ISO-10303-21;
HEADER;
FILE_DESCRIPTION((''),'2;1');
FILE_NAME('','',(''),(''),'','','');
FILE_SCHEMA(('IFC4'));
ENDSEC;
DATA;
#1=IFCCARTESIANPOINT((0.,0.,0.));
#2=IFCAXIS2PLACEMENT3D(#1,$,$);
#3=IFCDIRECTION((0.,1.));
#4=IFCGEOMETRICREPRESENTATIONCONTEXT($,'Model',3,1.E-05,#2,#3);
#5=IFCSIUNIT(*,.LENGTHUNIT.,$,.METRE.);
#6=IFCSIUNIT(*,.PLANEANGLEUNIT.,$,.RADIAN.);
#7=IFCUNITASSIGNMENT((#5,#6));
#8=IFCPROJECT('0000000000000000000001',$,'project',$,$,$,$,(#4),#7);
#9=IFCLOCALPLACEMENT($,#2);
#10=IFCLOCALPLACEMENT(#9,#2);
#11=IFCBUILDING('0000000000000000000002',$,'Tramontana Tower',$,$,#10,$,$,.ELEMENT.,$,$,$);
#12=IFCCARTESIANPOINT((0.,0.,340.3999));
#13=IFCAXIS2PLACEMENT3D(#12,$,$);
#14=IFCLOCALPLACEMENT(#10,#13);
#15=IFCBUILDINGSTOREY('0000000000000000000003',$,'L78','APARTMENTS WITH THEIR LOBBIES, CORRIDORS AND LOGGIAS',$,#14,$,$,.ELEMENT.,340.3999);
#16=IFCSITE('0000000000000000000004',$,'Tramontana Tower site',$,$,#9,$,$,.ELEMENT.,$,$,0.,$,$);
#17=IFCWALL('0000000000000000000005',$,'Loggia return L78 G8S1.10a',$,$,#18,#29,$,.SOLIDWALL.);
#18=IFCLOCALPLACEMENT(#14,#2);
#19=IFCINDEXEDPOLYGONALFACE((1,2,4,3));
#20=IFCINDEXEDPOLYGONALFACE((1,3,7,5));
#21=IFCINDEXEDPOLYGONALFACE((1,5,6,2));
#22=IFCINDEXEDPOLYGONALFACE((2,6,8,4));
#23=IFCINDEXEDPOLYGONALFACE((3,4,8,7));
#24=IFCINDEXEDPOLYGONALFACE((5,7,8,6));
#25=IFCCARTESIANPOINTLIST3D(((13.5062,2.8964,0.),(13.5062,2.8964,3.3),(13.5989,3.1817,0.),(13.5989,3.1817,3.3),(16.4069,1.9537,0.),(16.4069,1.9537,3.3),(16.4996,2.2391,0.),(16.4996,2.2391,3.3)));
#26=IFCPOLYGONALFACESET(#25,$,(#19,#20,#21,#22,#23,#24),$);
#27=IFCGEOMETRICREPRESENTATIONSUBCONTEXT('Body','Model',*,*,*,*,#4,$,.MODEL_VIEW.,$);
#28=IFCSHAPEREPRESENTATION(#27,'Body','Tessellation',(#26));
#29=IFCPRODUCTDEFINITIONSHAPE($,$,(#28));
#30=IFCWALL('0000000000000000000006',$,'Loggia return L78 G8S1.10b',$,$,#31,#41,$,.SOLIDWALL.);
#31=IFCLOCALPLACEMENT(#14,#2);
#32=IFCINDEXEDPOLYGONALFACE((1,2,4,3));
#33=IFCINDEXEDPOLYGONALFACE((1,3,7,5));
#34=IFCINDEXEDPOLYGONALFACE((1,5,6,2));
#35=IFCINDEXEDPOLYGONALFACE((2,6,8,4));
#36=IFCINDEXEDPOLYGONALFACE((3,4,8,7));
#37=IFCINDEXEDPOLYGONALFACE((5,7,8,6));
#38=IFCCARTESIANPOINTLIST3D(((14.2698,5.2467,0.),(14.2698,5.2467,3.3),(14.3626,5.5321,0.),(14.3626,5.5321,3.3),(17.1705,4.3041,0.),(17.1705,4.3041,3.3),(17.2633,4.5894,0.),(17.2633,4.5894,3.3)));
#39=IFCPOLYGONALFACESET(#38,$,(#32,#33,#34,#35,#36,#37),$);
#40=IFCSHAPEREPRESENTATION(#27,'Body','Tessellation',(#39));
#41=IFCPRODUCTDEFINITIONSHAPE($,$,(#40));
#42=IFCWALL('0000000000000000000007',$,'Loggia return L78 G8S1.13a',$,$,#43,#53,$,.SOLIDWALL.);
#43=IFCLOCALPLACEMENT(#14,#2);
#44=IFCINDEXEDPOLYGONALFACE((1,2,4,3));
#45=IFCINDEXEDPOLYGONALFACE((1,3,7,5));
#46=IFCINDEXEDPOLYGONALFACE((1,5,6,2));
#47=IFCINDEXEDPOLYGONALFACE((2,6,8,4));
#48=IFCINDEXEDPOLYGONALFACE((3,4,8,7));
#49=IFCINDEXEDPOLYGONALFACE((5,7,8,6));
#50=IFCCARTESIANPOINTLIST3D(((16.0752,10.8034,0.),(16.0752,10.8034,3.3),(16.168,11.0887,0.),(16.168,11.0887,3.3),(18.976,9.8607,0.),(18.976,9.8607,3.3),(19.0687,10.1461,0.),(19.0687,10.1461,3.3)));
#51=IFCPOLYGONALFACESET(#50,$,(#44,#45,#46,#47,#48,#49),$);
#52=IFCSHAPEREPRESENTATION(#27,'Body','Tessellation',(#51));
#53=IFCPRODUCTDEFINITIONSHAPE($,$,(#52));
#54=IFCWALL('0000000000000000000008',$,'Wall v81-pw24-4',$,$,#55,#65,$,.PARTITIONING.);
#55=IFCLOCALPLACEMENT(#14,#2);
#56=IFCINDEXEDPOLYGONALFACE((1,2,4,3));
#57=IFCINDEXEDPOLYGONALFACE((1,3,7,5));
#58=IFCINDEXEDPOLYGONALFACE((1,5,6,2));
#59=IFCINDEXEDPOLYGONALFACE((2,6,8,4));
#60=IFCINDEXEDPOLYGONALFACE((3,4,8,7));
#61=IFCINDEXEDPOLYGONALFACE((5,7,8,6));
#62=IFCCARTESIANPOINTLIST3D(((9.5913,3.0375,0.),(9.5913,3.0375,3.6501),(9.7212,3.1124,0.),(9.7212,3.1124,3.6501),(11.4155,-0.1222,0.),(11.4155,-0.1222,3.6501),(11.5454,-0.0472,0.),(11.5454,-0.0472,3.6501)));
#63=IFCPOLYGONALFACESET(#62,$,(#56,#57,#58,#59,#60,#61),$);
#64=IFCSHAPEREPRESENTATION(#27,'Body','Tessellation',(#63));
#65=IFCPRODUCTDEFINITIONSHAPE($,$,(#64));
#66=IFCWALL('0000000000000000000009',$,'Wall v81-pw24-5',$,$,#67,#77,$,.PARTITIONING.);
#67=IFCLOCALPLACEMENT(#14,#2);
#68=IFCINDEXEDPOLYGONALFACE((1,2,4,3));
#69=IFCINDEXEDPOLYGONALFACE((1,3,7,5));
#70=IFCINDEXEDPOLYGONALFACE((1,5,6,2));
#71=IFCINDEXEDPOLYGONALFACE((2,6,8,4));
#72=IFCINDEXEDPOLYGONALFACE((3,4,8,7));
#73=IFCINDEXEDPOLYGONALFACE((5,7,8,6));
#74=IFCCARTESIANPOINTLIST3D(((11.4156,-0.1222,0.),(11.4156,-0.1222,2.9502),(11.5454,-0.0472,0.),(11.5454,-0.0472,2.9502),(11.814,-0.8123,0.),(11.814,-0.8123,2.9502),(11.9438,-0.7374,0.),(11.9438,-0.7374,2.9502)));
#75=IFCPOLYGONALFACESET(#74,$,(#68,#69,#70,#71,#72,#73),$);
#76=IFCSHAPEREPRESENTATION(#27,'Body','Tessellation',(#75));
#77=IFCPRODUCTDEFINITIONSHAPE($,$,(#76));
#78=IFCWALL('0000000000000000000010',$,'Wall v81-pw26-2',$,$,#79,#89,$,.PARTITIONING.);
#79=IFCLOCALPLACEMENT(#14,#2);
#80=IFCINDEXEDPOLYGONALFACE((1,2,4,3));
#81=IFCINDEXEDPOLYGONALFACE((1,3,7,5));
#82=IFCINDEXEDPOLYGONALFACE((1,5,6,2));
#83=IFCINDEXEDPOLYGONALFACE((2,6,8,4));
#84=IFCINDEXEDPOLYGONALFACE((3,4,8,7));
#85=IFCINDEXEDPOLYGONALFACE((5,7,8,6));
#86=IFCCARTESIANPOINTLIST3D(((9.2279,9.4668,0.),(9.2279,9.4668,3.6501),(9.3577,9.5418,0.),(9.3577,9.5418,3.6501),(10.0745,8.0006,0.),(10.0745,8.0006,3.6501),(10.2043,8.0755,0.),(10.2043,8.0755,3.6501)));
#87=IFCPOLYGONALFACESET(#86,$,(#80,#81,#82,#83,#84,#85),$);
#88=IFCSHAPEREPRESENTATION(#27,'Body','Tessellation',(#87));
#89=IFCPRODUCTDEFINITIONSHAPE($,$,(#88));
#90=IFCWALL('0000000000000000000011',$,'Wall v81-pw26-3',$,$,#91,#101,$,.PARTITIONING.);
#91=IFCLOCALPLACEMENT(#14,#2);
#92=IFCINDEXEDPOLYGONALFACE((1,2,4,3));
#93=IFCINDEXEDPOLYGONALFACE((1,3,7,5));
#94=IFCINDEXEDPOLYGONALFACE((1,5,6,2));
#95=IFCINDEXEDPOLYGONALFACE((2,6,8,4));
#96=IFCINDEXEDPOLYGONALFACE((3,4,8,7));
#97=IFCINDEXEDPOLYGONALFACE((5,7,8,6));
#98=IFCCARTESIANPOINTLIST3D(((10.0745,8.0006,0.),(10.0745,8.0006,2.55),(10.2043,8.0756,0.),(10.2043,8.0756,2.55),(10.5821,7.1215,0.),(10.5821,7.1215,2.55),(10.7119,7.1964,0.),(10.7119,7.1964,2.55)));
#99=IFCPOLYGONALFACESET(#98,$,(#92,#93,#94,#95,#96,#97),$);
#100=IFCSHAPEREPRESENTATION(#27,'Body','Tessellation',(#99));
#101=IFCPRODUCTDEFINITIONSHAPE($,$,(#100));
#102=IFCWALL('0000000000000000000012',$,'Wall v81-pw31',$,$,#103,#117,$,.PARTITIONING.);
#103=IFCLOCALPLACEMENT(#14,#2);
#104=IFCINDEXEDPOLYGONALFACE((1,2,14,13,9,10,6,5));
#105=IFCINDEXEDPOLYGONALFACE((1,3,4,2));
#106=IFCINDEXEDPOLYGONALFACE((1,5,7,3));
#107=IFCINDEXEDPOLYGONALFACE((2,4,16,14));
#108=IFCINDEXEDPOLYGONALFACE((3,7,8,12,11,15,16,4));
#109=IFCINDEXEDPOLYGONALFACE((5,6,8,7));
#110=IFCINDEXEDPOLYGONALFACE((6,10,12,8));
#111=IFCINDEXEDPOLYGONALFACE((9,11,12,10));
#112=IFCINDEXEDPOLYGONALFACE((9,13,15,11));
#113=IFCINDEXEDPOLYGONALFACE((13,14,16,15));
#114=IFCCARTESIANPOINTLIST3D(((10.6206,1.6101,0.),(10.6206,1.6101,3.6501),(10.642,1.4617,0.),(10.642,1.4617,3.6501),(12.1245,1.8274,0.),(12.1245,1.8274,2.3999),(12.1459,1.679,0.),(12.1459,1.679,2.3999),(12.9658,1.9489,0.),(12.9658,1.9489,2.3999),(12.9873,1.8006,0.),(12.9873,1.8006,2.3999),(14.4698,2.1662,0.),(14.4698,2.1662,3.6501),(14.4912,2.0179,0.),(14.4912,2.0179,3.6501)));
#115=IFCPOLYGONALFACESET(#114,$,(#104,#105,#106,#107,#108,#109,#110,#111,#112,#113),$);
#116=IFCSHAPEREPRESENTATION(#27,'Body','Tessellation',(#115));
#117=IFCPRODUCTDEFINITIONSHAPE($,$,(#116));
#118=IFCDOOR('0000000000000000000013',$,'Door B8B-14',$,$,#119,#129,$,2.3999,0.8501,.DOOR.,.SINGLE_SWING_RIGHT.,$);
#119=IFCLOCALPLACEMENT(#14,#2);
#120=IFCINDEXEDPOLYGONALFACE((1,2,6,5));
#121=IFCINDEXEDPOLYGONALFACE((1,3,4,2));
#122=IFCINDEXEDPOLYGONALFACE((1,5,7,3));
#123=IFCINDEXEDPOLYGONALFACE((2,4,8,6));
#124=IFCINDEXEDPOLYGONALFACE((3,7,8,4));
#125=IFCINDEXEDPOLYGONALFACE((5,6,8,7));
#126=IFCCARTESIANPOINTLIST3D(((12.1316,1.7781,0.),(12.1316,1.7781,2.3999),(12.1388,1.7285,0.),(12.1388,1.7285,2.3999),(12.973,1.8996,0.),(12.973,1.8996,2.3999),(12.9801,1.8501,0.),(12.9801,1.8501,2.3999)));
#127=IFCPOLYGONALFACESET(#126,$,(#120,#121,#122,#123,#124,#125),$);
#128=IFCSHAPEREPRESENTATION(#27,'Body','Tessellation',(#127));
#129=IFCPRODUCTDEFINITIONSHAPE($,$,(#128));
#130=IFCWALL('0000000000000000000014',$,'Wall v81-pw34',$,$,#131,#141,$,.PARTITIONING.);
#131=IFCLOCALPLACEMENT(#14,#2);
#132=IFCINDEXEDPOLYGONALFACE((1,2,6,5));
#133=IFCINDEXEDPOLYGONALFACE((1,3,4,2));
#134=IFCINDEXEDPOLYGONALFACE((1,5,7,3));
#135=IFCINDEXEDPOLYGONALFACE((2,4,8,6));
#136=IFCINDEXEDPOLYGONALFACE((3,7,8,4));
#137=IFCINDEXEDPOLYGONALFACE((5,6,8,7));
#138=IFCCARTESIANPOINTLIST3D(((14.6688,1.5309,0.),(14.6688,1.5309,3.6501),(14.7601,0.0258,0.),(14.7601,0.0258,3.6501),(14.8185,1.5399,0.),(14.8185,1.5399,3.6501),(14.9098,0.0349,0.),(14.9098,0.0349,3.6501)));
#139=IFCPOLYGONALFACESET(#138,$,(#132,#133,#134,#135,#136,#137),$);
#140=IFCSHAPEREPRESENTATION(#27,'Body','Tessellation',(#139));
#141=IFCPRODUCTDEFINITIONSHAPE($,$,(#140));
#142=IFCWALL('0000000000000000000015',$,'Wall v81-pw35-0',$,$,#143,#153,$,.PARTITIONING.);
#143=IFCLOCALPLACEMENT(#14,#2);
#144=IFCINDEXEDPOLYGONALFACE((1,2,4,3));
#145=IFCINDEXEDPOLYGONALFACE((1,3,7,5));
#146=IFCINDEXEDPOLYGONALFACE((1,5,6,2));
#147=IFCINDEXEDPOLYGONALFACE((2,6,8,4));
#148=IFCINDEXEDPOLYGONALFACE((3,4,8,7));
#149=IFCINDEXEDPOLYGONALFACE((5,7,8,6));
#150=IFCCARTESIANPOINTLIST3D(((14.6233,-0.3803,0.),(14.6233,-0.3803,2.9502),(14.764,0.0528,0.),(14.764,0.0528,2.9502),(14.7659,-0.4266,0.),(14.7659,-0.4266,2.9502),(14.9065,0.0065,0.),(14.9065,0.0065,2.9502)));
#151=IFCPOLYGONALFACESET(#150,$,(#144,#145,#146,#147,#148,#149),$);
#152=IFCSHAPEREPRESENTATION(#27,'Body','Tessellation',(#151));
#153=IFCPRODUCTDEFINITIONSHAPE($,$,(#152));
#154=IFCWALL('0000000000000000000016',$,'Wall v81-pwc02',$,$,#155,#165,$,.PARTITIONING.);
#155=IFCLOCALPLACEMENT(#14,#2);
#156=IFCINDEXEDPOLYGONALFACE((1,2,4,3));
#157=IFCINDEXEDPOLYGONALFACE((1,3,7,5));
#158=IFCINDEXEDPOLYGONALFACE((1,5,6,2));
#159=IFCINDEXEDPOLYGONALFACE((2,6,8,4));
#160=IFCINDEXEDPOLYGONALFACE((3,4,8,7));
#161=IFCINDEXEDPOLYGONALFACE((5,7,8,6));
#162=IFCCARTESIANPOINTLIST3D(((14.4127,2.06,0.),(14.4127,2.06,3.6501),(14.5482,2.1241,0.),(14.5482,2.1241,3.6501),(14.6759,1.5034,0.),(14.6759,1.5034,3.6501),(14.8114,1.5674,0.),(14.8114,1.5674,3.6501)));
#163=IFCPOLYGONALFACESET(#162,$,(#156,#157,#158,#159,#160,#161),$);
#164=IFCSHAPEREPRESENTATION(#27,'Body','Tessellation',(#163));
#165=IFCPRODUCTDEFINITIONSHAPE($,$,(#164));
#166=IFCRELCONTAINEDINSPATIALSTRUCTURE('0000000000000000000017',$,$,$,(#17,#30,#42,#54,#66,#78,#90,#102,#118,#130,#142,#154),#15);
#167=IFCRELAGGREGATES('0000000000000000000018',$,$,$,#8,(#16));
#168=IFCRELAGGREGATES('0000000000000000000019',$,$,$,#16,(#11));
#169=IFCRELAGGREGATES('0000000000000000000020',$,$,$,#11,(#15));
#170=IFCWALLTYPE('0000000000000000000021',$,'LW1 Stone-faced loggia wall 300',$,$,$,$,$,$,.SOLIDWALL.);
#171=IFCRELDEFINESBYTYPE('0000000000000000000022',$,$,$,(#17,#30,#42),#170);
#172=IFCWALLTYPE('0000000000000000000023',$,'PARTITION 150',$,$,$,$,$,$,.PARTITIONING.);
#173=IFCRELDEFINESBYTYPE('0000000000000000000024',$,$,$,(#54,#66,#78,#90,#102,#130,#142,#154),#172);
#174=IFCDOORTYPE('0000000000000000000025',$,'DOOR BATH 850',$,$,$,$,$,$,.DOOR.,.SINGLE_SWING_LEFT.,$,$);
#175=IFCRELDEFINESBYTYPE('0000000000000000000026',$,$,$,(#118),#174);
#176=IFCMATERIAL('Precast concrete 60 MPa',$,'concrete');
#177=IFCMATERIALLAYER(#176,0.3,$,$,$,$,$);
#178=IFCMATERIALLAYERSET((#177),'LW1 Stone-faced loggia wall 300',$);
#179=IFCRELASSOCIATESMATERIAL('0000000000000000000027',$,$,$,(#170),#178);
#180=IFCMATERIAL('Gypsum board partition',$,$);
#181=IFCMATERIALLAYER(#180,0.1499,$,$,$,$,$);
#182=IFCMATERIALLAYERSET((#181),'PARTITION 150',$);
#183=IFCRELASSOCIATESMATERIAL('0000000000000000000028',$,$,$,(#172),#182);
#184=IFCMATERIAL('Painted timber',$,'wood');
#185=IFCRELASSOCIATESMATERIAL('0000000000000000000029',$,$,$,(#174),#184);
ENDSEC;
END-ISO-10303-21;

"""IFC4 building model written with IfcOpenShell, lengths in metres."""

from ifc_helpers import new_model, si_unit, direction, frame, frame_2d, origin, place, context, subcontext, project, spatial, rectangle, extrude, material, layer, layer_set, type_object, element, fill, save


model = new_model("IFC4")

# Units and contexts
model_context = context("Model", 3, precision=1e-05, world=origin(), true_north=direction((0.0, 1.0)))
body_context = subcontext(model_context, "Body", "Model", "MODEL_VIEW")
ifc_project = project(units=[si_unit("LENGTHUNIT", "METRE"), si_unit("PLANEANGLEUNIT", "RADIAN")], contexts=[model_context])

# Site, building, storey
site_placement = place(None, origin())
site = spatial("IfcSite", under=ifc_project, at=site_placement, Name="Tramontana Tower site", CompositionType="ELEMENT", RefElevation=0.0)
building_placement = place(site_placement, origin())
building = spatial("IfcBuilding", under=site, at=building_placement, Name="Tramontana Tower", CompositionType="ELEMENT")
storey_placement = place(building_placement, frame((0.0, 0.0, 340.3999)))
storey = spatial("IfcBuildingStorey", under=building, at=storey_placement, Name="L78", Description="APARTMENTS WITH THEIR LOBBIES, CORRIDORS AND LOGGIAS", CompositionType="ELEMENT", Elevation=340.3999)

# Shared definitions
ifc_material_1 = material(Name="Precast concrete 60 MPa", Category="concrete")
ifc_layer_1 = layer(ifc_material_1, 0.3)
ifc_layer_set_1 = layer_set([ifc_layer_1], Name="LW1 Stone-faced loggia wall 300")
wall_type_1 = type_object("IfcWallType", Name="LW1 Stone-faced loggia wall 300", PredefinedType="SOLIDWALL", material=ifc_layer_set_1)

# Walls
for number, where, z_axis, x_axis, name in (
    (1, (16.4531, 2.0964, 0.0), (0.0, 0.0, 1.0), (-0.951042, 0.309063, 0.0), "Loggia return L78 G8S1.10a"),
    (2, (17.2168, 4.4468, 0.0), (0.0, 0.0, 1.0), (-0.951042, 0.309063, 0.0), "Loggia return L78 G8S1.10b"),
    (3, (19.0222, 10.0034, 0.0), (0.0, 0.0, 1.0), (-0.951042, 0.309063, 0.0), "Loggia return L78 G8S1.13a"),
):
    element("IfcWall", number, at=place(storey_placement, frame(where, z_axis=z_axis, x_axis=x_axis)), inside=storey, type_object=wall_type_1, Name=name, PredefinedType="SOLIDWALL", context=body_context, shape_type="SweptSolid", body=[
        extrude(rectangle(XDim=3.05, YDim=0.3, at=frame_2d((1.5249, 0.0))), origin(), (0.0, 0.0, 1.0), 3.3),
    ])
ifc_material_2 = material(Name="Gypsum board partition")
ifc_layer_2 = layer(ifc_material_2, 0.1499)
ifc_layer_set_2 = layer_set([ifc_layer_2], Name="PARTITION 150")
wall_type_2 = type_object("IfcWallType", Name="PARTITION 150", PredefinedType="PARTITIONING", material=ifc_layer_set_2)
wall_1_placement = place(storey_placement, frame((9.6562, 3.075, 0.0), z_axis=(0.0, 0.0, 1.0), x_axis=(0.499997, -0.866027, 0.0)))
element("IfcWall", 4, at=wall_1_placement, inside=storey, type_object=wall_type_2, Name="Wall v81-pw24-4", PredefinedType="PARTITIONING", context=body_context, shape_type="SweptSolid", body=[
    extrude(rectangle(XDim=3.6484, YDim=0.1499, at=frame_2d((1.8242, 0.0))), origin(), (0.0, 0.0, 1.0), 3.6501),
])
wall_2_placement = place(storey_placement, frame((11.4805, -0.0847, 0.0), z_axis=(0.0, 0.0, 1.0), x_axis=(0.499961, -0.866048, 0.0)))
element("IfcWall", 5, at=wall_2_placement, inside=storey, type_object=wall_type_2, Name="Wall v81-pw24-5", PredefinedType="PARTITIONING", context=body_context, shape_type="SweptSolid", body=[
    extrude(rectangle(XDim=0.7969, YDim=0.1499, at=frame_2d((0.3984, 0.0))), origin(), (0.0, 0.0, 1.0), 2.9502),
])
wall_3_placement = place(storey_placement, frame((9.2927, 9.5044, 0.0), z_axis=(0.0, 0.0, 1.0), x_axis=(0.500047, -0.865998, 0.0)))
element("IfcWall", 6, at=wall_3_placement, inside=storey, type_object=wall_type_2, Name="Wall v81-pw26-2", PredefinedType="PARTITIONING", context=body_context, shape_type="SweptSolid", body=[
    extrude(rectangle(XDim=1.6931, YDim=0.1499, at=frame_2d((0.8467, 0.0))), origin(), (0.0, 0.0, 1.0), 3.6501),
])
wall_4_placement = place(storey_placement, frame((10.1394, 8.0381, 0.0), z_axis=(0.0, 0.0, 1.0), x_axis=(0.499993, -0.866029, 0.0)))
element("IfcWall", 7, at=wall_4_placement, inside=storey, type_object=wall_type_2, Name="Wall v81-pw26-3", PredefinedType="PARTITIONING", context=body_context, shape_type="SweptSolid", body=[
    extrude(rectangle(XDim=1.0151, YDim=0.1499, at=frame_2d((0.5076, 0.0))), origin(), (0.0, 0.0, 1.0), 2.55),
])

# Wall, opening, door
wall_5_placement = place(storey_placement, frame((14.4805, 2.092, 0.0), z_axis=(0.0, 0.0, 1.0), x_axis=(-0.989722, -0.143003, 0.0)))
wall_5 = element("IfcWall", 8, at=wall_5_placement, inside=storey, type_object=wall_type_2, Name="Wall v81-pw31", PredefinedType="PARTITIONING", context=body_context, shape_type="SweptSolid", body=[
    extrude(rectangle(XDim=3.8892, YDim=0.1499, at=frame_2d((1.9446, 0.0))), origin(), (0.0, 0.0, 1.0), 3.6501),
])
opening_1_placement = place(wall_5_placement, frame((1.5195, 0.0, 0.0)))
opening_1 = element("IfcOpeningElement", 9, at=opening_1_placement, cuts=wall_5, PredefinedType="OPENING", context=body_context, shape_type="SweptSolid", body=[
    extrude(rectangle(XDim=0.8501, YDim=2.3999, at=frame_2d((0.425, 1.2))), frame((0.0, 0.085, 0.0), z_axis=(0.0, -1.0, 0.0), x_axis=(1.0, 0.0, 0.0)), (0.0, 0.0, 1.0), 0.1699),
])
ifc_material_3 = material(Name="Painted timber", Category="wood")
door_type_1 = type_object("IfcDoorType", Name="DOOR BATH 850", OperationType="SINGLE_SWING_LEFT", PredefinedType="DOOR", material=ifc_material_3)
door_1_placement = place(opening_1_placement, origin())
door_1 = element("IfcDoor", 10, at=door_1_placement, inside=storey, type_object=door_type_1, Name="Door B8B-14", OperationType="SINGLE_SWING_RIGHT", OverallHeight=2.3999, OverallWidth=0.8501, PredefinedType="DOOR", context=body_context, shape_type="SweptSolid", body=[
    extrude(rectangle(XDim=0.8501, YDim=2.3999, at=frame_2d((0.425, 1.2))), frame((0.0, 0.0249, 0.0), z_axis=(0.0, -1.0, 0.0), x_axis=(1.0, 0.0, 0.0)), (0.0, 0.0, 1.0), 0.05),
])
fill(opening_1, door_1)

# Walls
wall_6_placement = place(storey_placement, frame((14.7437, 1.5354, 0.0), z_axis=(0.0, 0.0, 1.0), x_axis=(0.060554, -0.998165, 0.0)))
element("IfcWall", 11, at=wall_6_placement, inside=storey, type_object=wall_type_2, Name="Wall v81-pw34", PredefinedType="PARTITIONING", context=body_context, shape_type="SweptSolid", body=[
    extrude(rectangle(XDim=1.5078, YDim=0.1499, at=frame_2d((0.7539, 0.0))), origin(), (0.0, 0.0, 1.0), 3.6501),
])
wall_7_placement = place(storey_placement, frame((14.8352, 0.0295, 0.0), z_axis=(0.0, 0.0, 1.0), x_axis=(-0.308819, -0.951121, 0.0)))
element("IfcWall", 12, at=wall_7_placement, inside=storey, type_object=wall_type_2, Name="Wall v81-pw35-0", PredefinedType="PARTITIONING", context=body_context, shape_type="SweptSolid", body=[
    extrude(rectangle(XDim=0.4553, YDim=0.1499, at=frame_2d((0.2275, 0.0))), origin(), (0.0, 0.0, 1.0), 2.9502),
])
wall_8_placement = place(storey_placement, frame((14.4805, 2.092, 0.0), z_axis=(0.0, 0.0, 1.0), x_axis=(0.427439, -0.904044, 0.0)))
element("IfcWall", 13, at=wall_8_placement, inside=storey, type_object=wall_type_2, Name="Wall v81-pwc02", PredefinedType="PARTITIONING", context=body_context, shape_type="SweptSolid", body=[
    extrude(rectangle(XDim=0.6157, YDim=0.1499, at=frame_2d((0.3079, 0.0))), origin(), (0.0, 0.0, 1.0), 3.6501),
])

save(model, "model.ifc")
